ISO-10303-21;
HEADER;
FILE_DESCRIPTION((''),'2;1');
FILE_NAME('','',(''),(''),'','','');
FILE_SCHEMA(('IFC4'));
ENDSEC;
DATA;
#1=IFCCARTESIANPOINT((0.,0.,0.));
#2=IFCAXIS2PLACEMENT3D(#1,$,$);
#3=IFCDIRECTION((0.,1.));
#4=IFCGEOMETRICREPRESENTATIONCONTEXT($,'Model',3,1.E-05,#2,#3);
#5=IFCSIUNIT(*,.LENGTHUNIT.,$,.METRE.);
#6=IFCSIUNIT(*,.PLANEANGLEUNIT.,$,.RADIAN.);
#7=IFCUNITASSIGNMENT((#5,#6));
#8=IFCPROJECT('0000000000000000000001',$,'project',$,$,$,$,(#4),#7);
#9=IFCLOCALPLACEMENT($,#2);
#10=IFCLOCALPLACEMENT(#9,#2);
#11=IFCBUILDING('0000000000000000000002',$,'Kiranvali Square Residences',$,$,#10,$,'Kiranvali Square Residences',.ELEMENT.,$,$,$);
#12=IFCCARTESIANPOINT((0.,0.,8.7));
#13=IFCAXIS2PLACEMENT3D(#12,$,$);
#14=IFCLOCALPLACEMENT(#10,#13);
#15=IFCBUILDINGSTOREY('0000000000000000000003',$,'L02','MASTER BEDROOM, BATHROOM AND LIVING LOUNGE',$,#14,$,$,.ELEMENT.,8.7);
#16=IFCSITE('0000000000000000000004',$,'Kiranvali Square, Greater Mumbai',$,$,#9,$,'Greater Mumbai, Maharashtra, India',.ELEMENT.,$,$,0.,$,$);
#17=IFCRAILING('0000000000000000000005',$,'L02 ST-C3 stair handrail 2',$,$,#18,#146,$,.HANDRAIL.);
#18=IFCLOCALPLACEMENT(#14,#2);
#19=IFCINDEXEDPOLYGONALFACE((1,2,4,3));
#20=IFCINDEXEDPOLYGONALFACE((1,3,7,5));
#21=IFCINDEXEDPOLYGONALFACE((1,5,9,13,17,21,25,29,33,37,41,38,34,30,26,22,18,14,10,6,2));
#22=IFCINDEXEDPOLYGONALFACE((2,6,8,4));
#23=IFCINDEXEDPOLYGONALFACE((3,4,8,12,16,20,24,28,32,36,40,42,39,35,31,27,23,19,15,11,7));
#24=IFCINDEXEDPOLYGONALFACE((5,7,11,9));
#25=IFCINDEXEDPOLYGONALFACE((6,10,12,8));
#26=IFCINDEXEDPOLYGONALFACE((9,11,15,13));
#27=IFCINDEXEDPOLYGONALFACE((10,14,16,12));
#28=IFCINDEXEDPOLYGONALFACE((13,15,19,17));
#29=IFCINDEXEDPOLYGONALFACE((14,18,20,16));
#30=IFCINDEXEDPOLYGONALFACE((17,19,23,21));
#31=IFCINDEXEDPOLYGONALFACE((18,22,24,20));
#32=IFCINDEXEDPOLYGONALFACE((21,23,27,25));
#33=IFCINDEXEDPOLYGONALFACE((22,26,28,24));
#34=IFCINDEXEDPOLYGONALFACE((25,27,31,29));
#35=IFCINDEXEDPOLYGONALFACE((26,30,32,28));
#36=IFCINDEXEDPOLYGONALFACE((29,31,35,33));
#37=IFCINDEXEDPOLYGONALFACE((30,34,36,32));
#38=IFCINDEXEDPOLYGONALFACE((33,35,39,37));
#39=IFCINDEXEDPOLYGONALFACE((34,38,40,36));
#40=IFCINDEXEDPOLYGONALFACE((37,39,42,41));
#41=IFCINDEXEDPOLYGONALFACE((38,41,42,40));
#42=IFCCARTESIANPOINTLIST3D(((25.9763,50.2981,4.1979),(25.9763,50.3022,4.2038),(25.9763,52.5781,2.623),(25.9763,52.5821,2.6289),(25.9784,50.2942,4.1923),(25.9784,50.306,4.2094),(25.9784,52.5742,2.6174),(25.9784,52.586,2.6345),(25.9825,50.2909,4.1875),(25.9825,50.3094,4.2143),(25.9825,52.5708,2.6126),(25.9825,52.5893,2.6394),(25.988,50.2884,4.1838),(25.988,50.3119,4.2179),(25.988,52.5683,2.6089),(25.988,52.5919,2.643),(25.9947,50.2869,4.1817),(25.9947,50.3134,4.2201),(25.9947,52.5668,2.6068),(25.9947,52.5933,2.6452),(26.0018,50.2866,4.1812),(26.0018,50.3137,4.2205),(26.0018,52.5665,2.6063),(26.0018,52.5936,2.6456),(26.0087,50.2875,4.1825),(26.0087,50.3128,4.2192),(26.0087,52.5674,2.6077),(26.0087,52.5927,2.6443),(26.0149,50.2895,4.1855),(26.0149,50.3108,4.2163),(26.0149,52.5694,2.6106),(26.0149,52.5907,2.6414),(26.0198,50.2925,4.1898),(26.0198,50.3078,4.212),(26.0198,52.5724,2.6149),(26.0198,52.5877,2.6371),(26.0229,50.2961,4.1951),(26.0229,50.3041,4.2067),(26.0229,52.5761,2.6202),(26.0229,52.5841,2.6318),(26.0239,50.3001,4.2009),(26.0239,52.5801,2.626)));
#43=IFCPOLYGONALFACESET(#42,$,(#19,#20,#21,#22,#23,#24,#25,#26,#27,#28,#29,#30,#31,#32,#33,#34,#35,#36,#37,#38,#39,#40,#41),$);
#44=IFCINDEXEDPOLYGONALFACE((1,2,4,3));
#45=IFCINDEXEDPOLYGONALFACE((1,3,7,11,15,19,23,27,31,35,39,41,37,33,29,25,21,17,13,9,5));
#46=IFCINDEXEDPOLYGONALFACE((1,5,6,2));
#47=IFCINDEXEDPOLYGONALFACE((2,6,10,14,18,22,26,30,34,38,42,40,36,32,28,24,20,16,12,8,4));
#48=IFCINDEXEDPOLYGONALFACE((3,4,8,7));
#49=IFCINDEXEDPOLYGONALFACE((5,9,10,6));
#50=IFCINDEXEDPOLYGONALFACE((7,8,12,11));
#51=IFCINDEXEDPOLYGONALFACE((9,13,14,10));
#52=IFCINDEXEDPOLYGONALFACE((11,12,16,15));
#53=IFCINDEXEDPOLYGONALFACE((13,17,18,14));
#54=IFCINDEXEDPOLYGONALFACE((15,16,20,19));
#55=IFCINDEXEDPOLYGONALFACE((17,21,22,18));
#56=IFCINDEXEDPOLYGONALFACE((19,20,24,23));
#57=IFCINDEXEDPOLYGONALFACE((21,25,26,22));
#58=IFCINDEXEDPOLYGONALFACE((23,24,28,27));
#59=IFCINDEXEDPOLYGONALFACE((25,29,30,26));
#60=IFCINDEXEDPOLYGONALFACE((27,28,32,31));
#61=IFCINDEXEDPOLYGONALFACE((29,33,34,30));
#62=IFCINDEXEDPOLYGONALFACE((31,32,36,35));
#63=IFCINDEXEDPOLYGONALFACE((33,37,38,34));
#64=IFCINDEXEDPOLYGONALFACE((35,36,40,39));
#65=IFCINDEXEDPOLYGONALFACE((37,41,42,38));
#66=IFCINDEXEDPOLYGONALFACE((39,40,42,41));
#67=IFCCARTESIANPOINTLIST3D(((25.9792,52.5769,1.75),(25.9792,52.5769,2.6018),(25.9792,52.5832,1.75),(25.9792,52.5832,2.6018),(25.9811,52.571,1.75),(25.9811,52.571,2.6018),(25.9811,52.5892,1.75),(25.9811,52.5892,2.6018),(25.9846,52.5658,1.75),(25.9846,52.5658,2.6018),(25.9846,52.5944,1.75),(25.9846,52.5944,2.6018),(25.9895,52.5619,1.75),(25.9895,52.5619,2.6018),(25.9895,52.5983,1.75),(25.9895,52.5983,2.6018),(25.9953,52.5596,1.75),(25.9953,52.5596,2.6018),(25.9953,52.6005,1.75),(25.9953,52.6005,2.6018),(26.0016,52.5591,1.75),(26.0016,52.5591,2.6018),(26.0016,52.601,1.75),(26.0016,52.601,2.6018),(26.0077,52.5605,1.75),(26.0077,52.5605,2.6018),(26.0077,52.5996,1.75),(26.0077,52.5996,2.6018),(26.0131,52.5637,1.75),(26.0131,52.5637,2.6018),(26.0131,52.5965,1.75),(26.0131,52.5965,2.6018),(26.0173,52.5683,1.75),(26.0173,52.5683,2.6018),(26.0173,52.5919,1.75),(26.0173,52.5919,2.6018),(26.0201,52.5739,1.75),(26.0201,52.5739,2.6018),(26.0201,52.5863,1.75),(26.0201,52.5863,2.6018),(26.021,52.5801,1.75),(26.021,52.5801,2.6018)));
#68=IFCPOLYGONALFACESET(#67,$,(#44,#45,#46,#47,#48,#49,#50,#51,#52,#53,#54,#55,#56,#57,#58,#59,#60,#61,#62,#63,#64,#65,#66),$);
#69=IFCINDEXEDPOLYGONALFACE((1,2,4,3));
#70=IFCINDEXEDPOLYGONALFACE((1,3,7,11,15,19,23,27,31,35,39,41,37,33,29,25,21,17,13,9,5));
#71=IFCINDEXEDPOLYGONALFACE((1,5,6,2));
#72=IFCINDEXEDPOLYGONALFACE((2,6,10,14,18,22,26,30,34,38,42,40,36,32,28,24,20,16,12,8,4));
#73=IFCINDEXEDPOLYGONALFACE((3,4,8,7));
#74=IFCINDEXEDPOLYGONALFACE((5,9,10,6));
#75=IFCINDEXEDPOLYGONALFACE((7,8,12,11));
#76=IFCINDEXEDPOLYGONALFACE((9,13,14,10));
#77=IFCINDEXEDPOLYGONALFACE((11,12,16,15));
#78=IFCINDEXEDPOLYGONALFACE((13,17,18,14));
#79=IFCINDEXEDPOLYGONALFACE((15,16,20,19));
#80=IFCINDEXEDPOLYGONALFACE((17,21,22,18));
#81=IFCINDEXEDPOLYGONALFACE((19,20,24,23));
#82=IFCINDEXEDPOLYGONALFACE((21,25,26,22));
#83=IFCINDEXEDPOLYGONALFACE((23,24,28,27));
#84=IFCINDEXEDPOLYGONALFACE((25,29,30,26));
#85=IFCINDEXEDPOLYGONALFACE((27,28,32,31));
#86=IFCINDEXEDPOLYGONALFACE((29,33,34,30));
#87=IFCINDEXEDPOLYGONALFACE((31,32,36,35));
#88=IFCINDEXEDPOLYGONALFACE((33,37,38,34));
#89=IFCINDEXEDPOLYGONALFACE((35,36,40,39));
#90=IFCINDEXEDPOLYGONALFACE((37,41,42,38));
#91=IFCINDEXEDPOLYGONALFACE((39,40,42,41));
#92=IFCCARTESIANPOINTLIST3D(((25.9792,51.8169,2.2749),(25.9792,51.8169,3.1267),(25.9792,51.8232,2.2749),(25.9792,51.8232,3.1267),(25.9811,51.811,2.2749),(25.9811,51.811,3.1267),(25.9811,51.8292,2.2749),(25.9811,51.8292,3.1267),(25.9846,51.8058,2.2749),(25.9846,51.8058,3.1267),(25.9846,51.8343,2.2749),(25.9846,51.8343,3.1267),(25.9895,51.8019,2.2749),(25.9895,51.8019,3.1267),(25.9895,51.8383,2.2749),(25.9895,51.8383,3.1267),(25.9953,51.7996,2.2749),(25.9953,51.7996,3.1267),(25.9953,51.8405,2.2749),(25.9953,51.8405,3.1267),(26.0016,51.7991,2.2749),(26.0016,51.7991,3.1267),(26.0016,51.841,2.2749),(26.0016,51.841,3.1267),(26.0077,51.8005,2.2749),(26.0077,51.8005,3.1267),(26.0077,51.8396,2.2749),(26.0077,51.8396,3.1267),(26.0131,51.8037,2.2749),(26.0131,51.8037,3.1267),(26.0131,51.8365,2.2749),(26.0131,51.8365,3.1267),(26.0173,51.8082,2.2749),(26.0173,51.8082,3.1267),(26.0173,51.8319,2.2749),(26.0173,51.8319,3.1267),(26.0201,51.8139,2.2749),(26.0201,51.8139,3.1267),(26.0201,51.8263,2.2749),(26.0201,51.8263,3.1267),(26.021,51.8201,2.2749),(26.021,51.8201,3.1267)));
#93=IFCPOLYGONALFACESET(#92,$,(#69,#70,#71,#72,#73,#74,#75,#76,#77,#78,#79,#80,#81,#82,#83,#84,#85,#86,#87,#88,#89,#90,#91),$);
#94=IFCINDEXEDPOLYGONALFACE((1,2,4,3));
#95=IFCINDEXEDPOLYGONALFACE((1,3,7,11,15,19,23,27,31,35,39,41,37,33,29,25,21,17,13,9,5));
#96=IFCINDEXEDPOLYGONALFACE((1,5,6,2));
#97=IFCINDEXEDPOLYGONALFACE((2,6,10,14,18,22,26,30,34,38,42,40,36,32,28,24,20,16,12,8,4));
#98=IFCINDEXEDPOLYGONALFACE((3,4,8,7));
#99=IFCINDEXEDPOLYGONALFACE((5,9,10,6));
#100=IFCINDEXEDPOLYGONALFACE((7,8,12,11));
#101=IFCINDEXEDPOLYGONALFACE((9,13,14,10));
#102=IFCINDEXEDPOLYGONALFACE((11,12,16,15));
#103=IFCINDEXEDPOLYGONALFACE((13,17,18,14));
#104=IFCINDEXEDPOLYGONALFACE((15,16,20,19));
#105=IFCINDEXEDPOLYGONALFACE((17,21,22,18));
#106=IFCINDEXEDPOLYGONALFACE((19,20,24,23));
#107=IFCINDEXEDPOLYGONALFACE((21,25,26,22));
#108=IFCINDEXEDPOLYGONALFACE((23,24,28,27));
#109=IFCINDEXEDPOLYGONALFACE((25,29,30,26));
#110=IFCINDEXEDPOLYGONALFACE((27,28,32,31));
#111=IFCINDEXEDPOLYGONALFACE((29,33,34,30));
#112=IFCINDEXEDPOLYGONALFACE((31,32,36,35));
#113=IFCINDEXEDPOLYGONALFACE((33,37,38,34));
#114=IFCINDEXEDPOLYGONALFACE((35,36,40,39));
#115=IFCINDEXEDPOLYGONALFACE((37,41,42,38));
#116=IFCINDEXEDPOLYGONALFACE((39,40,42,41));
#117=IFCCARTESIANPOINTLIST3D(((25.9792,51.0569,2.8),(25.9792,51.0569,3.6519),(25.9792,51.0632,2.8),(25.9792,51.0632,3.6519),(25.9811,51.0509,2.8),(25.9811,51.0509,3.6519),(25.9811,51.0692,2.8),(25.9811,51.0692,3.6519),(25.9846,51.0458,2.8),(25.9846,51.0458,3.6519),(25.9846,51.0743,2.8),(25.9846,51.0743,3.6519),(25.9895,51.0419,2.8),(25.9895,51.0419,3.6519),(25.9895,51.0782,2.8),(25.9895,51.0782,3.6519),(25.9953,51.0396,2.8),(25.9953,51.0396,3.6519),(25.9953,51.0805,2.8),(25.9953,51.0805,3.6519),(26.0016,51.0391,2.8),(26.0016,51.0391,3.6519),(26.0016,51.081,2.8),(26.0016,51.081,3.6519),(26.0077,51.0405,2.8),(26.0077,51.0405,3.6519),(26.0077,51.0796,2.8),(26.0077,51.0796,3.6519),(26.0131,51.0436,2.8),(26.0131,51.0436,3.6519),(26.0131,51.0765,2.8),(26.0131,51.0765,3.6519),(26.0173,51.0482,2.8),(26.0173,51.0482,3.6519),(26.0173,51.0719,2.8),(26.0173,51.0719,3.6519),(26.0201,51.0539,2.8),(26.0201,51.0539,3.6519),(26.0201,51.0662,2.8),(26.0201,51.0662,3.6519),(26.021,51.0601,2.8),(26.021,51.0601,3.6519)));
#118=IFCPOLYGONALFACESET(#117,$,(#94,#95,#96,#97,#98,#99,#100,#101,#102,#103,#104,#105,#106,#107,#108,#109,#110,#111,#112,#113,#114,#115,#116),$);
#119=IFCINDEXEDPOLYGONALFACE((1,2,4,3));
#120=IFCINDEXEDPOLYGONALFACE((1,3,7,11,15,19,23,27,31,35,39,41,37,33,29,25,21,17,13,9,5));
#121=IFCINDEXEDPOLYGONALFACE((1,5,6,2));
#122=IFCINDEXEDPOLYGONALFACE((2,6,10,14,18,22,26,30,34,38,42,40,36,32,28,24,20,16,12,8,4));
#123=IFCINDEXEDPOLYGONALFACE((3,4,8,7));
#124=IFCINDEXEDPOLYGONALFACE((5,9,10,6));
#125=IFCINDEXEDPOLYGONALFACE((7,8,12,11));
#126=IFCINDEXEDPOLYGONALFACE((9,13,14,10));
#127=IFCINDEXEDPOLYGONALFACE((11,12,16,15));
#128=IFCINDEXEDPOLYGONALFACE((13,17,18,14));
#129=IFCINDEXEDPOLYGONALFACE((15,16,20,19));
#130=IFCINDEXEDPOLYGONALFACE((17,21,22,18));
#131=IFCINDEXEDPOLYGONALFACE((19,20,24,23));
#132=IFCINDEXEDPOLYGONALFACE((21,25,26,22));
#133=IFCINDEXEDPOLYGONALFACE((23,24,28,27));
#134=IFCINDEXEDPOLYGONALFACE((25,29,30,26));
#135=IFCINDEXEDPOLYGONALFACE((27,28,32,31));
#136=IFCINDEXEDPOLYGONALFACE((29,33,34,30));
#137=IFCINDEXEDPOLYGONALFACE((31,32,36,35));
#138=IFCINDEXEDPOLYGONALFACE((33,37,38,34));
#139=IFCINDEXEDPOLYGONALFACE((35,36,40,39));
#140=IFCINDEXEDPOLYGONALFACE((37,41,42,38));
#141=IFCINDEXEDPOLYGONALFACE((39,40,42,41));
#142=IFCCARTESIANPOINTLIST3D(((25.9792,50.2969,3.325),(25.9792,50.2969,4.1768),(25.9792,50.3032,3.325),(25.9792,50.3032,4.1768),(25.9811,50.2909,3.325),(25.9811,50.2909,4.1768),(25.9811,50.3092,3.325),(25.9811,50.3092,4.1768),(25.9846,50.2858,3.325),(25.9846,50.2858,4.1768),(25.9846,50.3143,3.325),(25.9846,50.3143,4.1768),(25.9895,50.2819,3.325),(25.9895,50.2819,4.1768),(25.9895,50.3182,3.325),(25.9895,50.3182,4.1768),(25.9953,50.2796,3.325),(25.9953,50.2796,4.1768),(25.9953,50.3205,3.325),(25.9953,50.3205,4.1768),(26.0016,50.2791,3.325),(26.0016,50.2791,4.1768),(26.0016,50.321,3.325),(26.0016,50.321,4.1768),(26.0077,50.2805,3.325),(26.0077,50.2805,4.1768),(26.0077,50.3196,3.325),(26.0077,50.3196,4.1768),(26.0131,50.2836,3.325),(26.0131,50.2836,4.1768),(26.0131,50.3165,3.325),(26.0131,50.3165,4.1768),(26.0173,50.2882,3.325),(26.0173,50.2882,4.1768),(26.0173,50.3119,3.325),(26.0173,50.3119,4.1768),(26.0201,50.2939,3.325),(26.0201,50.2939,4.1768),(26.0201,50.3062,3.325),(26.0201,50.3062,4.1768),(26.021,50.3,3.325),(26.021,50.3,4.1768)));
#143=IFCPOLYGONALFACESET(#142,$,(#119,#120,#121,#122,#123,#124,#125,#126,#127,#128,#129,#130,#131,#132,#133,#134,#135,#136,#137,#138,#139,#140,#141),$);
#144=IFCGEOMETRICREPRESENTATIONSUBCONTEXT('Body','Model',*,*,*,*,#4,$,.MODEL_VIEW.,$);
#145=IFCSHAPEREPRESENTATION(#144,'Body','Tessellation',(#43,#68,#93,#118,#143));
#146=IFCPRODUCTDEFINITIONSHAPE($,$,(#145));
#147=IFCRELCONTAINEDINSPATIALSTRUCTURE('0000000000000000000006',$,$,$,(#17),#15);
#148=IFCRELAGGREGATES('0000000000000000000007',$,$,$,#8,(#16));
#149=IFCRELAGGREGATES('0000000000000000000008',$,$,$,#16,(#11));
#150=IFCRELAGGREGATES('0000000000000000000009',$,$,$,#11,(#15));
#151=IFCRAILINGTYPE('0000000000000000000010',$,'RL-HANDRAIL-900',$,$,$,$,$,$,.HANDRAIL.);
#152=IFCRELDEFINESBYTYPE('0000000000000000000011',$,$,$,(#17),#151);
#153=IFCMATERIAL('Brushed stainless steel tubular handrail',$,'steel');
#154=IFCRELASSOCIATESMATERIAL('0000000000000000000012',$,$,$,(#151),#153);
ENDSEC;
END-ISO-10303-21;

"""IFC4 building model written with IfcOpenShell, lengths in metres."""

from ifc_helpers import new_model, si_unit, direction, frame, origin, origin_2d, place, context, subcontext, project, spatial, circle, extrude, material, type_object, element, save


model = new_model("IFC4")

# Units and contexts
model_context = context("Model", 3, precision=1e-05, world=origin(), true_north=direction((0.0, 1.0)))
body_context = subcontext(model_context, "Body", "Model", "MODEL_VIEW")
ifc_project = project(units=[si_unit("LENGTHUNIT", "METRE"), si_unit("PLANEANGLEUNIT", "RADIAN")], contexts=[model_context])

# Site, building, storey
site_placement = place(None, origin())
site = spatial("IfcSite", under=ifc_project, at=site_placement, Name="Kiranvali Square, Greater Mumbai", LongName="Greater Mumbai, Maharashtra, India", CompositionType="ELEMENT", RefElevation=0.0)
building_placement = place(site_placement, origin())
building = spatial("IfcBuilding", under=site, at=building_placement, Name="Kiranvali Square Residences", LongName="Kiranvali Square Residences", CompositionType="ELEMENT")
storey_placement = place(building_placement, frame((0.0, 0.0, 8.7)))
storey = spatial("IfcBuildingStorey", under=building, at=storey_placement, Name="L02", Description="MASTER BEDROOM, BATHROOM AND LIVING LOUNGE", CompositionType="ELEMENT", Elevation=8.7)

# Railing
ifc_material_1 = material(Name="Brushed stainless steel tubular handrail", Category="steel")
railing_type_1 = type_object("IfcRailingType", Name="RL-HANDRAIL-900", PredefinedType="HANDRAIL", material=ifc_material_1)
railing_1_placement = place(storey_placement, frame((26.0, 52.5801, 1.75)))
element("IfcRailing", 1, at=railing_1_placement, inside=storey, type_object=railing_type_1, Name="L02 ST-C3 stair handrail 2", PredefinedType="HANDRAIL", context=body_context, shape_type="SweptSolid", body=[
    extrude(circle(Radius=0.0239, at=origin_2d()), frame((0.0, 0.0, 0.876), z_axis=(0.0, -0.822788, 0.568348), x_axis=(1.0, 0.0, 0.0)), (0.0, 0.0, 1.0), 2.771),
    extrude(circle(Radius=0.021, at=origin_2d()), origin(), (0.0, 0.0, 1.0), 0.8518),
    extrude(circle(Radius=0.021, at=origin_2d()), frame((0.0, -0.76, 0.5249)), (0.0, 0.0, 1.0), 0.8518),
    extrude(circle(Radius=0.021, at=origin_2d()), frame((0.0, -1.52, 1.05)), (0.0, 0.0, 1.0), 0.8518),
    extrude(circle(Radius=0.021, at=origin_2d()), frame((0.0, -2.28, 1.575)), (0.0, 0.0, 1.0), 0.8518),
])

save(model, "model.ifc")
